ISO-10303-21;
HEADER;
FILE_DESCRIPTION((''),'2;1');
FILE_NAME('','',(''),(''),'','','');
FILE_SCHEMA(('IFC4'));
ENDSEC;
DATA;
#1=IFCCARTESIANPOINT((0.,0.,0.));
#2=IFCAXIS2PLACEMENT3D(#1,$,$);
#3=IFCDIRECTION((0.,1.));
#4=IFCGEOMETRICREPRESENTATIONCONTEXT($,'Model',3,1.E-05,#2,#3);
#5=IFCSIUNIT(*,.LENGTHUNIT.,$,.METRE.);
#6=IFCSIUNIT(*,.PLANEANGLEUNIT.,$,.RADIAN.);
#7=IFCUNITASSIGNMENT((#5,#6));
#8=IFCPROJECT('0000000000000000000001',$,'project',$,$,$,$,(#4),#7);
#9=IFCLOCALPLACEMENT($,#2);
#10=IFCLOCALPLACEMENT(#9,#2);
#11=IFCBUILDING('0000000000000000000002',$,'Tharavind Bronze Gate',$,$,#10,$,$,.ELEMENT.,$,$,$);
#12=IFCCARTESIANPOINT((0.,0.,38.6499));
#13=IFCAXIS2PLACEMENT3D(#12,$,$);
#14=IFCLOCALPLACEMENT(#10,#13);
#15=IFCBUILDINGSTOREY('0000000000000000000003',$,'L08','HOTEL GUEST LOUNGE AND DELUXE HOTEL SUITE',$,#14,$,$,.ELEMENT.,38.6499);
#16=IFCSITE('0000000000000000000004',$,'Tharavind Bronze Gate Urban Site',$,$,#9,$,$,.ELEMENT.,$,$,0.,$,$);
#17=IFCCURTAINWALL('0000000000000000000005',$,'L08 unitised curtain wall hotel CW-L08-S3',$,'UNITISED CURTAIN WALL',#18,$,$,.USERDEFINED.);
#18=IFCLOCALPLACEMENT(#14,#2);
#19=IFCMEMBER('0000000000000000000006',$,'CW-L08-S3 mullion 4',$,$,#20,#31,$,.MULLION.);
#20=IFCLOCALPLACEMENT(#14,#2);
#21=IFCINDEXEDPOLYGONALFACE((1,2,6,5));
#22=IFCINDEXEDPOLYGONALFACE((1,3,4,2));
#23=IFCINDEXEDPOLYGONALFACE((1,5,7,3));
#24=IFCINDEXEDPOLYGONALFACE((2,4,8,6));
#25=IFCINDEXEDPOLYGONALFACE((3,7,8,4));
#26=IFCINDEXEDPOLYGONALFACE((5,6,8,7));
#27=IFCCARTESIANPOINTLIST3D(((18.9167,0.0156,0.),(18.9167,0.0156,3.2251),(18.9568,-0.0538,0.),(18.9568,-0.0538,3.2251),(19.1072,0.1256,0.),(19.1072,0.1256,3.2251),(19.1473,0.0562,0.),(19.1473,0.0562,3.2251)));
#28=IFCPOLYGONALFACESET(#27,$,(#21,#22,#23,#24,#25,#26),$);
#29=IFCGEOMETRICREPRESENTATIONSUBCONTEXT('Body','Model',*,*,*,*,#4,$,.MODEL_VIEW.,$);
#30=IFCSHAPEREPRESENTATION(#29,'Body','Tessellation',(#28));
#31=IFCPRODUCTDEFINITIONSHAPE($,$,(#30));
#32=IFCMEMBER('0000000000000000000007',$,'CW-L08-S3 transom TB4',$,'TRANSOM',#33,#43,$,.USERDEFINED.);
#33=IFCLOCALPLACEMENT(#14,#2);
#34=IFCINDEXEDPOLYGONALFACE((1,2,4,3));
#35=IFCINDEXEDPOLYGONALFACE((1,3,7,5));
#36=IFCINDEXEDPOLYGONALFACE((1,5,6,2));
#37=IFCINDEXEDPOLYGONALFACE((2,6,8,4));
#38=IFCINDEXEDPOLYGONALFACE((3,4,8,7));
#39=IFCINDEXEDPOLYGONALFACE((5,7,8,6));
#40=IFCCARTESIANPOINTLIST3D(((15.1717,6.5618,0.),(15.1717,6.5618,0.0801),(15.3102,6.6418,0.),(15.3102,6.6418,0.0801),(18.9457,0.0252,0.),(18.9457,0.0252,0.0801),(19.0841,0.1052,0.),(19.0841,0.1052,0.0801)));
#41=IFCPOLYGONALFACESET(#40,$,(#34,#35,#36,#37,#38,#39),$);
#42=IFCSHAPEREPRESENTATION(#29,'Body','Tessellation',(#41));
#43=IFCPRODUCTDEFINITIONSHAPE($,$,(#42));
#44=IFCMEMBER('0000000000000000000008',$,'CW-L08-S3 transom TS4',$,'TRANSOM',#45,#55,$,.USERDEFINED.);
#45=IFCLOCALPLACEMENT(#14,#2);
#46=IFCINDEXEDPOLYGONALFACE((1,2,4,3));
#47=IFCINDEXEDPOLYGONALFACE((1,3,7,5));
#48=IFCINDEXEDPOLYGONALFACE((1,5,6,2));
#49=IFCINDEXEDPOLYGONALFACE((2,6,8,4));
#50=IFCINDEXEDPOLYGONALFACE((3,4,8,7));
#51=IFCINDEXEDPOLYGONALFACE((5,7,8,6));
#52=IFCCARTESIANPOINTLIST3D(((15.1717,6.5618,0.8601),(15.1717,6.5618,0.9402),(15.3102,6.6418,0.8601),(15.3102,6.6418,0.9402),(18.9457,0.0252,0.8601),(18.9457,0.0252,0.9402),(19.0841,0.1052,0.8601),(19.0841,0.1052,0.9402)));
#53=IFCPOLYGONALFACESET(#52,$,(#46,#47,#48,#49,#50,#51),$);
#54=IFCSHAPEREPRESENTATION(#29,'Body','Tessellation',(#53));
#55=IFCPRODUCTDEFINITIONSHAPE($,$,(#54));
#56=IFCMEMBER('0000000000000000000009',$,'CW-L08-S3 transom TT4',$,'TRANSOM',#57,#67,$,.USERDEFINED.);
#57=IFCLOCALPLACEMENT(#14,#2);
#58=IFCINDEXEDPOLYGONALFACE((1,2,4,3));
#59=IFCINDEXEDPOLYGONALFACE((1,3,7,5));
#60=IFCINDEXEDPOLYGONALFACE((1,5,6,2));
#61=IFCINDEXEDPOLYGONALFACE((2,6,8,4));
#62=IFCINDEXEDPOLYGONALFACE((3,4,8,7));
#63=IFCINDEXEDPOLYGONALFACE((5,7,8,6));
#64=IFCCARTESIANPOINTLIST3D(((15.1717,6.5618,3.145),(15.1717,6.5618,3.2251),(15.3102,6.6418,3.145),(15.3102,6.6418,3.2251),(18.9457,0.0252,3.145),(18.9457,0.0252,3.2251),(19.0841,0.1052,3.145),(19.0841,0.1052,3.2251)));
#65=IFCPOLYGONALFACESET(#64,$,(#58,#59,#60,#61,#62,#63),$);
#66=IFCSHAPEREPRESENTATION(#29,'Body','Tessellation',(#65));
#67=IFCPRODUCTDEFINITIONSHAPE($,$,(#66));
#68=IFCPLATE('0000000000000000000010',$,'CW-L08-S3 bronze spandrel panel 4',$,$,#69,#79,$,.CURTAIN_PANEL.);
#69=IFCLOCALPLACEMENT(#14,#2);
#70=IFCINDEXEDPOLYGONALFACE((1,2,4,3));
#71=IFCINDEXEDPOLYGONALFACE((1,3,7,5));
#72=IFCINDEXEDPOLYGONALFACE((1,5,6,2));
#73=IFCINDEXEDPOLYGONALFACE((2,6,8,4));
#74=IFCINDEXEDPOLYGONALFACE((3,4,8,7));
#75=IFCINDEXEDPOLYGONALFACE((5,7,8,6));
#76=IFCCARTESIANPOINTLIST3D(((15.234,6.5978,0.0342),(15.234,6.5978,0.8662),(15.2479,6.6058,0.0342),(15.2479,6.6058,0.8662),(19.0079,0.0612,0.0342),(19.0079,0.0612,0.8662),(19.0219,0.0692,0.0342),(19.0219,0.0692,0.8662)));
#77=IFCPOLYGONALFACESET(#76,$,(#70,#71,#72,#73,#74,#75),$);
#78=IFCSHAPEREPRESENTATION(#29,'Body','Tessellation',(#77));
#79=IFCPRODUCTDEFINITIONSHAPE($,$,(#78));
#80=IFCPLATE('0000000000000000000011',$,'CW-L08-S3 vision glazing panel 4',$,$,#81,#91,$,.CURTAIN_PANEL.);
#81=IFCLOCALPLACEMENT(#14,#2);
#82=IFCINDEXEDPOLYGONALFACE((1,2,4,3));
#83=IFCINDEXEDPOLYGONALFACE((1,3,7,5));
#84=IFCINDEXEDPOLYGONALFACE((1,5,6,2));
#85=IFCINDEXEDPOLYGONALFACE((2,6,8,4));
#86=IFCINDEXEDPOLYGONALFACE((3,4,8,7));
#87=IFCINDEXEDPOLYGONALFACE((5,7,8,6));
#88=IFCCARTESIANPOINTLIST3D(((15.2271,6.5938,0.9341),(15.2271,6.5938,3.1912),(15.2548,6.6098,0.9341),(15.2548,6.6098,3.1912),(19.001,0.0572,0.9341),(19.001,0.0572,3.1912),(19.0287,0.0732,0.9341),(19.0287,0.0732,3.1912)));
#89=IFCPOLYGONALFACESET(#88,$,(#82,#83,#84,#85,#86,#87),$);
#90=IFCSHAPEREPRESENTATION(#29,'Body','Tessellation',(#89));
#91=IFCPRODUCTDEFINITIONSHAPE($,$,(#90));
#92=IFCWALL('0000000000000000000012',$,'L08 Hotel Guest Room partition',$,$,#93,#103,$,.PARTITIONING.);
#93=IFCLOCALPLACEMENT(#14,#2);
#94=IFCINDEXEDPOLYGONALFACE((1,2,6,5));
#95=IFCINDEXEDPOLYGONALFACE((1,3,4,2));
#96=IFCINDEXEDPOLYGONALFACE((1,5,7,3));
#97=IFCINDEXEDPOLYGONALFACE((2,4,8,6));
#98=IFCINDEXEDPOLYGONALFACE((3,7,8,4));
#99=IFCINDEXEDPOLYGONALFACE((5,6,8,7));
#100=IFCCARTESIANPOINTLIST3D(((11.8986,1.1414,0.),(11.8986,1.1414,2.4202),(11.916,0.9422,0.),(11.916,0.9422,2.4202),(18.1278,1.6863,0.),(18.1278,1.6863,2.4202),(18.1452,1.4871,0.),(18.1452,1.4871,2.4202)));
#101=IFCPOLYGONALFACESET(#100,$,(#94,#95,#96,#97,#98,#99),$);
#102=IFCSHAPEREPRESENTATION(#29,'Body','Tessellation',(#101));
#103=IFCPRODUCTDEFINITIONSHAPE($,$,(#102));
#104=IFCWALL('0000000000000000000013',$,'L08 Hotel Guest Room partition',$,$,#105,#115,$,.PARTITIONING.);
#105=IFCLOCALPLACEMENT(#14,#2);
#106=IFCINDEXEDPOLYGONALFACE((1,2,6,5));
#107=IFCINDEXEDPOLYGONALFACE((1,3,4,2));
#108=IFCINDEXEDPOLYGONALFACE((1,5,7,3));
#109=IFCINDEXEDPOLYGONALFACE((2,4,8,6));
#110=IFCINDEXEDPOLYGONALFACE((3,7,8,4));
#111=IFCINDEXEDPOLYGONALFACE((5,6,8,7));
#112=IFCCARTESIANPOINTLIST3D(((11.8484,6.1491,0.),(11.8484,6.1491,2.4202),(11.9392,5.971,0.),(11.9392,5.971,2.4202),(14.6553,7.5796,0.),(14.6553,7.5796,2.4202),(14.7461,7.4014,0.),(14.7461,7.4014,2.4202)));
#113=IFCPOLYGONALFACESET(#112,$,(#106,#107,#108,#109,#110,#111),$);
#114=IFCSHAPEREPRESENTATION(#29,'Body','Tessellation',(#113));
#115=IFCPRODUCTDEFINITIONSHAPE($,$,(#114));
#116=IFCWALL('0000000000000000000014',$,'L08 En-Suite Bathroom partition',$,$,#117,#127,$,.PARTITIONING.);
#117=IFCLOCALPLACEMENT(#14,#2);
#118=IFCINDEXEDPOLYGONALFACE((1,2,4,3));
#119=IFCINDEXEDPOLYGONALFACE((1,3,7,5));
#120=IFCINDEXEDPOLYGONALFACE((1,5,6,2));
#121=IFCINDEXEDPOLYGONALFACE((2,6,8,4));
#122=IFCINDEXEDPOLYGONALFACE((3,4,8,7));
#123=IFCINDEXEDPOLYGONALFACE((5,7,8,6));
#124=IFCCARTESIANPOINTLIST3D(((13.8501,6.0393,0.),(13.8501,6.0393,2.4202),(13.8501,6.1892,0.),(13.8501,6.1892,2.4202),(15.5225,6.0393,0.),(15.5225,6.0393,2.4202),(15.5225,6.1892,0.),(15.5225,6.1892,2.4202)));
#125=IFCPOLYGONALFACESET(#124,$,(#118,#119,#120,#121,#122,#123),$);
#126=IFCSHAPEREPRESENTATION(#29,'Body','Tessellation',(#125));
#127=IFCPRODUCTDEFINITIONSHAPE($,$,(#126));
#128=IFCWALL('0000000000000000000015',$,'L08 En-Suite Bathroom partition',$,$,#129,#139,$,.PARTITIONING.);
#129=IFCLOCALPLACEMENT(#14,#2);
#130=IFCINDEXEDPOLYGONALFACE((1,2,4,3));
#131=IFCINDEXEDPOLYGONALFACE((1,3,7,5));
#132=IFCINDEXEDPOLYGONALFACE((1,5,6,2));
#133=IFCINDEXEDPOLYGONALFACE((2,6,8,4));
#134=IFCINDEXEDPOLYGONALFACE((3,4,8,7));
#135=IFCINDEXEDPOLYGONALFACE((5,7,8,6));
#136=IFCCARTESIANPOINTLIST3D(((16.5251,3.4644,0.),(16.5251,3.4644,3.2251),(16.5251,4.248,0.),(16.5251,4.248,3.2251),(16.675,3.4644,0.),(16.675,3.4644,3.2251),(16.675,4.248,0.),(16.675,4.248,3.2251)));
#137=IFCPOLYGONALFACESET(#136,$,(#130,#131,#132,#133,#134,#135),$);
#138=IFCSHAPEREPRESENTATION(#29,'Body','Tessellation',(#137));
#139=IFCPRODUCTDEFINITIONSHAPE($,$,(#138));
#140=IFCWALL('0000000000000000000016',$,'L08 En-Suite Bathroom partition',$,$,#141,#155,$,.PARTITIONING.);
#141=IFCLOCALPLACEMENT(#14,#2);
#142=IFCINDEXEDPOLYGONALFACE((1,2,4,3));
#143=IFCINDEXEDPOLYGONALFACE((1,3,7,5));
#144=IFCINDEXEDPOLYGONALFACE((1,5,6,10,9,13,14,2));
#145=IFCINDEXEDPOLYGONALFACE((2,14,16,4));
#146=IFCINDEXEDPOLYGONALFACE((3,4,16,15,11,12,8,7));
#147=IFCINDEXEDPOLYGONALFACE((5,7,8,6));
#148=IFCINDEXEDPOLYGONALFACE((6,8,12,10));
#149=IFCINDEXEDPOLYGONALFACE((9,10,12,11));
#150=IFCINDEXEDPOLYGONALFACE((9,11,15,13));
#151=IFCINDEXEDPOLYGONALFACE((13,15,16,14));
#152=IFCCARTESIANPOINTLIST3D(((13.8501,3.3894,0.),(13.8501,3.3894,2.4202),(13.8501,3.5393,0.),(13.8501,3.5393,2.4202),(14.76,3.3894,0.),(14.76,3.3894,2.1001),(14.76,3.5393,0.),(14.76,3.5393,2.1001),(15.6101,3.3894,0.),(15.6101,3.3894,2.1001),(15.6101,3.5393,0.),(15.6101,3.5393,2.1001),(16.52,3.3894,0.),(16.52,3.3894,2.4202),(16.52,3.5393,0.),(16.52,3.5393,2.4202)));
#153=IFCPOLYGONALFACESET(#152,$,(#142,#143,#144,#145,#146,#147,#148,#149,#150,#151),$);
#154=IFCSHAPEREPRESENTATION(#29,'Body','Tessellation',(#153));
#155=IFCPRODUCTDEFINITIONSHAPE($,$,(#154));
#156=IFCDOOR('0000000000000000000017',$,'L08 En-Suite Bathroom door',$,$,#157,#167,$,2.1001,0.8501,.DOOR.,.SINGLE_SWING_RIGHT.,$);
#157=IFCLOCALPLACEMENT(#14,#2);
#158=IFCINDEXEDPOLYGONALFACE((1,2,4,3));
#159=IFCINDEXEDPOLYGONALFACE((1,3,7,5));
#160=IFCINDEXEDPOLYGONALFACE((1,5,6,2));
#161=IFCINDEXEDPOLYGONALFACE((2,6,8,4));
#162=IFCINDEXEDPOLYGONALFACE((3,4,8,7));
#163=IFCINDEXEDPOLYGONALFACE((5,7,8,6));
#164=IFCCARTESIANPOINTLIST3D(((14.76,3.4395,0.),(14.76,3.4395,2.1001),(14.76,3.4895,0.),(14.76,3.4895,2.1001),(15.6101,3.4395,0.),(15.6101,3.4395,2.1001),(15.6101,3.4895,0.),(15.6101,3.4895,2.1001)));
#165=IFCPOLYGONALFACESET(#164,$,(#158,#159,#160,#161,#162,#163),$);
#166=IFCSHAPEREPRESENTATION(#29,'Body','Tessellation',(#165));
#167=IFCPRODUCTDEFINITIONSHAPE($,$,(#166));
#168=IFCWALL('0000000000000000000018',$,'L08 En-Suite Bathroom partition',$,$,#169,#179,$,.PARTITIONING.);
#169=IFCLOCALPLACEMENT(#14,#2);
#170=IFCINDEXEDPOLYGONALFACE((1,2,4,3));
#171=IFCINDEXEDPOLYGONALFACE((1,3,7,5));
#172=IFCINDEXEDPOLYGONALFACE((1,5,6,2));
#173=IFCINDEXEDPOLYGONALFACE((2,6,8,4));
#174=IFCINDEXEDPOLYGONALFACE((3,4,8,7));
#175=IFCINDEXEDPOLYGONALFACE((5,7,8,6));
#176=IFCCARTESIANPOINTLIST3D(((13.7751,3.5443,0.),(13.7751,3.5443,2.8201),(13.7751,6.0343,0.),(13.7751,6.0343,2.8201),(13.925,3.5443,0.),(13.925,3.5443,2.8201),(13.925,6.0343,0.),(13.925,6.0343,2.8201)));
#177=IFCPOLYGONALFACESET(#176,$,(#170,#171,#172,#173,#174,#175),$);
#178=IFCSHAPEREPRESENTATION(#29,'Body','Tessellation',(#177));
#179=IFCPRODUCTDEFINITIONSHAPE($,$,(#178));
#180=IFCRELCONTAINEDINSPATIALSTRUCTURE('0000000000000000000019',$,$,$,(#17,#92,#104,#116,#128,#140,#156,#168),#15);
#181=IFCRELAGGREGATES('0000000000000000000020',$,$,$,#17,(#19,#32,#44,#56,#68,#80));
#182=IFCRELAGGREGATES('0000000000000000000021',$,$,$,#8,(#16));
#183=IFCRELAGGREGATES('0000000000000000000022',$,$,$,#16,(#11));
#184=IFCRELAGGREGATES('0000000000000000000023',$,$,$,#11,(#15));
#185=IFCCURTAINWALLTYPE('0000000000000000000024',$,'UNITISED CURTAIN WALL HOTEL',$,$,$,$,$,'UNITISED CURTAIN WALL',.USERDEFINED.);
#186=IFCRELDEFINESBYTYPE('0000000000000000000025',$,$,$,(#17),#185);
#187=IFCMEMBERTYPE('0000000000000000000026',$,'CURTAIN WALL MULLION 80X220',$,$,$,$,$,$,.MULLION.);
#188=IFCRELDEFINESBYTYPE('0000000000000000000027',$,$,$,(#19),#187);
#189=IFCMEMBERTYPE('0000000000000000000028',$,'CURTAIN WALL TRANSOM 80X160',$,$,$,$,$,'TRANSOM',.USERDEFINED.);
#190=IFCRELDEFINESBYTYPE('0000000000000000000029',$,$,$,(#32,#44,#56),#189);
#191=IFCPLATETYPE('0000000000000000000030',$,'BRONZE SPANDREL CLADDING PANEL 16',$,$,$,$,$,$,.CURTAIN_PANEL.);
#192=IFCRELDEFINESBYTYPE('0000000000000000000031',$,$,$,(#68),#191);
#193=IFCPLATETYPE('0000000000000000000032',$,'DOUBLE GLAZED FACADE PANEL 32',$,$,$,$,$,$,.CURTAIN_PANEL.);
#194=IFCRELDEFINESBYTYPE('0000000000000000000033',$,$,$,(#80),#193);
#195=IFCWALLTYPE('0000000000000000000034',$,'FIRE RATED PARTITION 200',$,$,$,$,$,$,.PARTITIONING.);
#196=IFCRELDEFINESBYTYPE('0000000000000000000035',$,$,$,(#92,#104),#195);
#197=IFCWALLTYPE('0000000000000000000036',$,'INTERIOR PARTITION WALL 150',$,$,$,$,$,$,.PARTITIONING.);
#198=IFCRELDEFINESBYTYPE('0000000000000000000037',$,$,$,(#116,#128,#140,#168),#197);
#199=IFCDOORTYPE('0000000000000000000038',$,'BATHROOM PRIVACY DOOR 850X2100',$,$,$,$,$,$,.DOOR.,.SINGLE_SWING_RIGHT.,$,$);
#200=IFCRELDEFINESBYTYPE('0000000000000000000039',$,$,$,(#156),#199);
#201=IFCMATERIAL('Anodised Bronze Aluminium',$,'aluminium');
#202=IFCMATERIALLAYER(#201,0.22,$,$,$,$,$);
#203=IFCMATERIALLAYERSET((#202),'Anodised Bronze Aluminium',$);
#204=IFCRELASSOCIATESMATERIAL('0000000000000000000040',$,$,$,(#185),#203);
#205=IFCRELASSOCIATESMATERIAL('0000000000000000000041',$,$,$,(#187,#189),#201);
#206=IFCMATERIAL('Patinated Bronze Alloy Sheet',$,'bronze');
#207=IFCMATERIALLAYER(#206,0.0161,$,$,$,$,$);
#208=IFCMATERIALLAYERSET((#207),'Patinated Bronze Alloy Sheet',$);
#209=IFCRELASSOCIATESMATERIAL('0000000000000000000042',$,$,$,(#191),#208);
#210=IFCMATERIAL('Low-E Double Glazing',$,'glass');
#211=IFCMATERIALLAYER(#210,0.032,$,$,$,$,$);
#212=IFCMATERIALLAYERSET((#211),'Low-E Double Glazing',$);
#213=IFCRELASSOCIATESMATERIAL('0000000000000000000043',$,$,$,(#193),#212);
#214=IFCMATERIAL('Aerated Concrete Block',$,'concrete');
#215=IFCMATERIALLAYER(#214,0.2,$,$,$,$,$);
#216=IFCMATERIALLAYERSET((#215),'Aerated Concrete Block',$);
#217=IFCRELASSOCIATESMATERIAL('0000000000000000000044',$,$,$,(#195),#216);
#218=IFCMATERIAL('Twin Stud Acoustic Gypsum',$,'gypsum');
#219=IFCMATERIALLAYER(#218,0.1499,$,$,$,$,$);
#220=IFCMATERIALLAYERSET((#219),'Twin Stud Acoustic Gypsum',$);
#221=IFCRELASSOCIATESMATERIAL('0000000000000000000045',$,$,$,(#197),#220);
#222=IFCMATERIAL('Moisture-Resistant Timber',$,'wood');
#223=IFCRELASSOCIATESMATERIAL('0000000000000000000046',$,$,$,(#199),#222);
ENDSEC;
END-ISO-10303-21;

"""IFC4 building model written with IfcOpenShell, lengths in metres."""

from ifc_helpers import new_model, si_unit, direction, frame, frame_2d, origin, origin_2d, place, context, subcontext, project, spatial, rectangle, extrude, material, layer, layer_set, type_object, element, fill, aggregate, save


model = new_model("IFC4")

# Units and contexts
model_context = context("Model", 3, precision=1e-05, world=origin(), true_north=direction((0.0, 1.0)))
body_context = subcontext(model_context, "Body", "Model", "MODEL_VIEW")
ifc_project = project(units=[si_unit("LENGTHUNIT", "METRE"), si_unit("PLANEANGLEUNIT", "RADIAN")], contexts=[model_context])

# Site, building, storey
site_placement = place(None, origin())
site = spatial("IfcSite", under=ifc_project, at=site_placement, Name="Tharavind Bronze Gate Urban Site", CompositionType="ELEMENT", RefElevation=0.0)
building_placement = place(site_placement, origin())
building = spatial("IfcBuilding", under=site, at=building_placement, Name="Tharavind Bronze Gate", CompositionType="ELEMENT")
storey_placement = place(building_placement, frame((0.0, 0.0, 38.6499)))
storey = spatial("IfcBuildingStorey", under=building, at=storey_placement, Name="L08", Description="HOTEL GUEST LOUNGE AND DELUXE HOTEL SUITE", CompositionType="ELEMENT", Elevation=38.6499)

# Curtain wall, members, plates
ifc_material_1 = material(Name="Anodised Bronze Aluminium", Category="aluminium")
ifc_layer_1 = layer(ifc_material_1, 0.22)
ifc_layer_set_1 = layer_set([ifc_layer_1], Name="Anodised Bronze Aluminium")
curtain_wall_type = type_object("IfcCurtainWallType", Name="UNITISED CURTAIN WALL HOTEL", ElementType="UNITISED CURTAIN WALL", PredefinedType="USERDEFINED", material=ifc_layer_set_1)
curtain_wall_placement = place(storey_placement, origin())
curtain_wall = element("IfcCurtainWall", 1, at=curtain_wall_placement, inside=storey, type_object=curtain_wall_type, Name="L08 unitised curtain wall hotel CW-L08-S3", ObjectType="UNITISED CURTAIN WALL", PredefinedType="USERDEFINED")
member_type_1 = type_object("IfcMemberType", Name="CURTAIN WALL MULLION 80X220", PredefinedType="MULLION", material=ifc_material_1)
member_1_placement = place(storey_placement, frame((19.032, 0.0359, 0.0), z_axis=(0.0, 0.0, 1.0), x_axis=(-0.500002, 0.866025, 0.0)))
member_1 = element("IfcMember", 2, at=member_1_placement, type_object=member_type_1, Name="CW-L08-S3 mullion 4", PredefinedType="MULLION", context=body_context, shape_type="SweptSolid", body=[
    extrude(rectangle(XDim=0.0801, YDim=0.22, at=origin_2d()), origin(), (0.0, 0.0, 1.0), 3.2251),
])
member_type_2 = type_object("IfcMemberType", Name="CURTAIN WALL TRANSOM 80X160", ElementType="TRANSOM", PredefinedType="USERDEFINED", material=ifc_material_1)
member_2_placement = place(storey_placement, frame((17.1279, 3.3335, 0.0), z_axis=(0.0, 0.0, 1.0), x_axis=(-0.500002, 0.866025, 0.0)))
member_2 = element("IfcMember", 3, at=member_2_placement, type_object=member_type_2, Name="CW-L08-S3 transom TB4", ObjectType="TRANSOM", PredefinedType="USERDEFINED", context=body_context, shape_type="SweptSolid", body=[
    extrude(rectangle(XDim=7.5479, YDim=0.1599, at=origin_2d()), origin(), (0.0, 0.0, 1.0), 0.0801),
])
member_3_placement = place(storey_placement, frame((17.1279, 3.3335, 0.8601), z_axis=(0.0, 0.0, 1.0), x_axis=(-0.500002, 0.866025, 0.0)))
member_3 = element("IfcMember", 4, at=member_3_placement, type_object=member_type_2, Name="CW-L08-S3 transom TS4", ObjectType="TRANSOM", PredefinedType="USERDEFINED", context=body_context, shape_type="SweptSolid", body=[
    extrude(rectangle(XDim=7.5479, YDim=0.1599, at=origin_2d()), origin(), (0.0, 0.0, 1.0), 0.0801),
])
member_4_placement = place(storey_placement, frame((17.1279, 3.3335, 3.145), z_axis=(0.0, 0.0, 1.0), x_axis=(-0.500002, 0.866025, 0.0)))
member_4 = element("IfcMember", 5, at=member_4_placement, type_object=member_type_2, Name="CW-L08-S3 transom TT4", ObjectType="TRANSOM", PredefinedType="USERDEFINED", context=body_context, shape_type="SweptSolid", body=[
    extrude(rectangle(XDim=7.5479, YDim=0.1599, at=origin_2d()), origin(), (0.0, 0.0, 1.0), 0.0801),
])
ifc_material_2 = material(Name="Patinated Bronze Alloy Sheet", Category="bronze")
ifc_layer_2 = layer(ifc_material_2, 0.0161)
ifc_layer_set_2 = layer_set([ifc_layer_2], Name="Patinated Bronze Alloy Sheet")
plate_type_1 = type_object("IfcPlateType", Name="BRONZE SPANDREL CLADDING PANEL 16", PredefinedType="CURTAIN_PANEL", material=ifc_layer_set_2)
plate_1_placement = place(storey_placement, frame((17.1279, 3.3335, 0.0342), z_axis=(0.0, 0.0, 1.0), x_axis=(-0.500002, 0.866025, 0.0)))
plate_1 = element("IfcPlate", 6, at=plate_1_placement, type_object=plate_type_1, Name="CW-L08-S3 bronze spandrel panel 4", PredefinedType="CURTAIN_PANEL", context=body_context, shape_type="SweptSolid", body=[
    extrude(rectangle(XDim=7.5479, YDim=0.0161, at=origin_2d()), origin(), (0.0, 0.0, 1.0), 0.832),
])
ifc_material_3 = material(Name="Low-E Double Glazing", Category="glass")
ifc_layer_3 = layer(ifc_material_3, 0.032)
ifc_layer_set_3 = layer_set([ifc_layer_3], Name="Low-E Double Glazing")
plate_type_2 = type_object("IfcPlateType", Name="DOUBLE GLAZED FACADE PANEL 32", PredefinedType="CURTAIN_PANEL", material=ifc_layer_set_3)
plate_2_placement = place(storey_placement, frame((17.1279, 3.3335, 0.9341), z_axis=(0.0, 0.0, 1.0), x_axis=(-0.500002, 0.866025, 0.0)))
plate_2 = element("IfcPlate", 7, at=plate_2_placement, type_object=plate_type_2, Name="CW-L08-S3 vision glazing panel 4", PredefinedType="CURTAIN_PANEL", context=body_context, shape_type="SweptSolid", body=[
    extrude(rectangle(XDim=7.5479, YDim=0.032, at=origin_2d()), origin(), (0.0, 0.0, 1.0), 2.2571),
])
aggregate(curtain_wall, [member_1, member_2, member_3, member_4, plate_1, plate_2])

# Wall
ifc_material_4 = material(Name="Aerated Concrete Block", Category="concrete")
ifc_layer_4 = layer(ifc_material_4, 0.2)
ifc_layer_set_4 = layer_set([ifc_layer_4], Name="Aerated Concrete Block")
wall_type_1 = type_object("IfcWallType", Name="FIRE RATED PARTITION 200", PredefinedType="PARTITIONING", material=ifc_layer_set_4)
wall_1_placement = place(storey_placement, frame((18.1365, 1.5867, 0.0), z_axis=(0.0, 0.0, 1.0), x_axis=(-0.996196, -0.087145, 0.0)))
element("IfcWall", 8, at=wall_1_placement, inside=storey, type_object=wall_type_1, Name="L08 Hotel Guest Room partition", PredefinedType="PARTITIONING", context=body_context, shape_type="SweptSolid", body=[
    extrude(rectangle(XDim=6.2529, YDim=0.2, at=frame_2d((3.1265, 0.0))), origin(), (0.0, 0.0, 1.0), 2.4202),
])

# Walls
wall_2_placement = place(storey_placement, frame((11.8938, 6.0601, 0.0), z_axis=(0.0, 0.0, 1.0), x_axis=(0.890976, 0.454051, 0.0)))
element("IfcWall", 9, at=wall_2_placement, inside=storey, type_object=wall_type_1, Name="L08 Hotel Guest Room partition", PredefinedType="PARTITIONING", context=body_context, shape_type="SweptSolid", body=[
    extrude(rectangle(XDim=3.1504, YDim=0.2, at=frame_2d((1.5752, 0.0))), origin(), (0.0, 0.0, 1.0), 2.4202),
])
ifc_material_5 = material(Name="Twin Stud Acoustic Gypsum", Category="gypsum")
ifc_layer_5 = layer(ifc_material_5, 0.1499)
ifc_layer_set_5 = layer_set([ifc_layer_5], Name="Twin Stud Acoustic Gypsum")
wall_type_2 = type_object("IfcWallType", Name="INTERIOR PARTITION WALL 150", PredefinedType="PARTITIONING", material=ifc_layer_set_5)
wall_3_placement = place(storey_placement, frame((13.8501, 6.1143, 0.0), z_axis=(0.0, 0.0, 1.0), x_axis=(1.0, 0.0, 0.0)))
element("IfcWall", 10, at=wall_3_placement, inside=storey, type_object=wall_type_2, Name="L08 En-Suite Bathroom partition", PredefinedType="PARTITIONING", context=body_context, shape_type="SweptSolid", body=[
    extrude(rectangle(XDim=1.6724, YDim=0.1499, at=frame_2d((0.8362, 0.0))), origin(), (0.0, 0.0, 1.0), 2.4202),
])
wall_4_placement = place(storey_placement, frame((16.6001, 4.248, 0.0), z_axis=(0.0, 0.0, 1.0), x_axis=(0.0, -1.0, 0.0)))
element("IfcWall", 11, at=wall_4_placement, inside=storey, type_object=wall_type_2, Name="L08 En-Suite Bathroom partition", PredefinedType="PARTITIONING", context=body_context, shape_type="SweptSolid", body=[
    extrude(rectangle(XDim=0.7837, YDim=0.1499, at=frame_2d((0.3918, 0.0))), origin(), (0.0, 0.0, 1.0), 3.2251),
])

# Wall, opening, door
wall_5_placement = place(storey_placement, frame((16.52, 3.4644, 0.0), z_axis=(0.0, 0.0, 1.0), x_axis=(-1.0, 0.0, 0.0)))
wall_5 = element("IfcWall", 12, at=wall_5_placement, inside=storey, type_object=wall_type_2, Name="L08 En-Suite Bathroom partition", PredefinedType="PARTITIONING", context=body_context, shape_type="SweptSolid", body=[
    extrude(rectangle(XDim=2.6699, YDim=0.1499, at=frame_2d((1.335, 0.0))), origin(), (0.0, 0.0, 1.0), 2.4202),
])
opening_1_placement = place(wall_5_placement, frame((0.9099, 0.0, 0.0)))
opening_1 = element("IfcOpeningElement", 13, at=opening_1_placement, cuts=wall_5, PredefinedType="OPENING", context=body_context, shape_type="SweptSolid", body=[
    extrude(rectangle(XDim=0.8501, YDim=2.1001, at=frame_2d((0.425, 1.05))), frame((0.0, 0.085, 0.0), z_axis=(0.0, -1.0, 0.0), x_axis=(1.0, 0.0, 0.0)), (0.0, 0.0, 1.0), 0.1699),
])
ifc_material_6 = material(Name="Moisture-Resistant Timber", Category="wood")
door_type_1 = type_object("IfcDoorType", Name="BATHROOM PRIVACY DOOR 850X2100", OperationType="SINGLE_SWING_RIGHT", PredefinedType="DOOR", material=ifc_material_6)
door_1_placement = place(opening_1_placement, origin())
door_1 = element("IfcDoor", 14, at=door_1_placement, inside=storey, type_object=door_type_1, Name="L08 En-Suite Bathroom door", OperationType="SINGLE_SWING_RIGHT", OverallHeight=2.1001, OverallWidth=0.8501, PredefinedType="DOOR", context=body_context, shape_type="SweptSolid", body=[
    extrude(rectangle(XDim=0.8501, YDim=2.1001, at=frame_2d((0.425, 1.05))), frame((0.0, 0.0249, 0.0), z_axis=(0.0, -1.0, 0.0), x_axis=(1.0, 0.0, 0.0)), (0.0, 0.0, 1.0), 0.05),
])
fill(opening_1, door_1)

# Wall
wall_6_placement = place(storey_placement, frame((13.8501, 3.5442, 0.0), z_axis=(0.0, 0.0, 1.0), x_axis=(0.0, 1.0, 0.0)))
element("IfcWall", 15, at=wall_6_placement, inside=storey, type_object=wall_type_2, Name="L08 En-Suite Bathroom partition", PredefinedType="PARTITIONING", context=body_context, shape_type="SweptSolid", body=[
    extrude(rectangle(XDim=2.49, YDim=0.1499, at=frame_2d((1.2451, 0.0))), origin(), (0.0, 0.0, 1.0), 2.8201),
])

save(model, "model.ifc")
